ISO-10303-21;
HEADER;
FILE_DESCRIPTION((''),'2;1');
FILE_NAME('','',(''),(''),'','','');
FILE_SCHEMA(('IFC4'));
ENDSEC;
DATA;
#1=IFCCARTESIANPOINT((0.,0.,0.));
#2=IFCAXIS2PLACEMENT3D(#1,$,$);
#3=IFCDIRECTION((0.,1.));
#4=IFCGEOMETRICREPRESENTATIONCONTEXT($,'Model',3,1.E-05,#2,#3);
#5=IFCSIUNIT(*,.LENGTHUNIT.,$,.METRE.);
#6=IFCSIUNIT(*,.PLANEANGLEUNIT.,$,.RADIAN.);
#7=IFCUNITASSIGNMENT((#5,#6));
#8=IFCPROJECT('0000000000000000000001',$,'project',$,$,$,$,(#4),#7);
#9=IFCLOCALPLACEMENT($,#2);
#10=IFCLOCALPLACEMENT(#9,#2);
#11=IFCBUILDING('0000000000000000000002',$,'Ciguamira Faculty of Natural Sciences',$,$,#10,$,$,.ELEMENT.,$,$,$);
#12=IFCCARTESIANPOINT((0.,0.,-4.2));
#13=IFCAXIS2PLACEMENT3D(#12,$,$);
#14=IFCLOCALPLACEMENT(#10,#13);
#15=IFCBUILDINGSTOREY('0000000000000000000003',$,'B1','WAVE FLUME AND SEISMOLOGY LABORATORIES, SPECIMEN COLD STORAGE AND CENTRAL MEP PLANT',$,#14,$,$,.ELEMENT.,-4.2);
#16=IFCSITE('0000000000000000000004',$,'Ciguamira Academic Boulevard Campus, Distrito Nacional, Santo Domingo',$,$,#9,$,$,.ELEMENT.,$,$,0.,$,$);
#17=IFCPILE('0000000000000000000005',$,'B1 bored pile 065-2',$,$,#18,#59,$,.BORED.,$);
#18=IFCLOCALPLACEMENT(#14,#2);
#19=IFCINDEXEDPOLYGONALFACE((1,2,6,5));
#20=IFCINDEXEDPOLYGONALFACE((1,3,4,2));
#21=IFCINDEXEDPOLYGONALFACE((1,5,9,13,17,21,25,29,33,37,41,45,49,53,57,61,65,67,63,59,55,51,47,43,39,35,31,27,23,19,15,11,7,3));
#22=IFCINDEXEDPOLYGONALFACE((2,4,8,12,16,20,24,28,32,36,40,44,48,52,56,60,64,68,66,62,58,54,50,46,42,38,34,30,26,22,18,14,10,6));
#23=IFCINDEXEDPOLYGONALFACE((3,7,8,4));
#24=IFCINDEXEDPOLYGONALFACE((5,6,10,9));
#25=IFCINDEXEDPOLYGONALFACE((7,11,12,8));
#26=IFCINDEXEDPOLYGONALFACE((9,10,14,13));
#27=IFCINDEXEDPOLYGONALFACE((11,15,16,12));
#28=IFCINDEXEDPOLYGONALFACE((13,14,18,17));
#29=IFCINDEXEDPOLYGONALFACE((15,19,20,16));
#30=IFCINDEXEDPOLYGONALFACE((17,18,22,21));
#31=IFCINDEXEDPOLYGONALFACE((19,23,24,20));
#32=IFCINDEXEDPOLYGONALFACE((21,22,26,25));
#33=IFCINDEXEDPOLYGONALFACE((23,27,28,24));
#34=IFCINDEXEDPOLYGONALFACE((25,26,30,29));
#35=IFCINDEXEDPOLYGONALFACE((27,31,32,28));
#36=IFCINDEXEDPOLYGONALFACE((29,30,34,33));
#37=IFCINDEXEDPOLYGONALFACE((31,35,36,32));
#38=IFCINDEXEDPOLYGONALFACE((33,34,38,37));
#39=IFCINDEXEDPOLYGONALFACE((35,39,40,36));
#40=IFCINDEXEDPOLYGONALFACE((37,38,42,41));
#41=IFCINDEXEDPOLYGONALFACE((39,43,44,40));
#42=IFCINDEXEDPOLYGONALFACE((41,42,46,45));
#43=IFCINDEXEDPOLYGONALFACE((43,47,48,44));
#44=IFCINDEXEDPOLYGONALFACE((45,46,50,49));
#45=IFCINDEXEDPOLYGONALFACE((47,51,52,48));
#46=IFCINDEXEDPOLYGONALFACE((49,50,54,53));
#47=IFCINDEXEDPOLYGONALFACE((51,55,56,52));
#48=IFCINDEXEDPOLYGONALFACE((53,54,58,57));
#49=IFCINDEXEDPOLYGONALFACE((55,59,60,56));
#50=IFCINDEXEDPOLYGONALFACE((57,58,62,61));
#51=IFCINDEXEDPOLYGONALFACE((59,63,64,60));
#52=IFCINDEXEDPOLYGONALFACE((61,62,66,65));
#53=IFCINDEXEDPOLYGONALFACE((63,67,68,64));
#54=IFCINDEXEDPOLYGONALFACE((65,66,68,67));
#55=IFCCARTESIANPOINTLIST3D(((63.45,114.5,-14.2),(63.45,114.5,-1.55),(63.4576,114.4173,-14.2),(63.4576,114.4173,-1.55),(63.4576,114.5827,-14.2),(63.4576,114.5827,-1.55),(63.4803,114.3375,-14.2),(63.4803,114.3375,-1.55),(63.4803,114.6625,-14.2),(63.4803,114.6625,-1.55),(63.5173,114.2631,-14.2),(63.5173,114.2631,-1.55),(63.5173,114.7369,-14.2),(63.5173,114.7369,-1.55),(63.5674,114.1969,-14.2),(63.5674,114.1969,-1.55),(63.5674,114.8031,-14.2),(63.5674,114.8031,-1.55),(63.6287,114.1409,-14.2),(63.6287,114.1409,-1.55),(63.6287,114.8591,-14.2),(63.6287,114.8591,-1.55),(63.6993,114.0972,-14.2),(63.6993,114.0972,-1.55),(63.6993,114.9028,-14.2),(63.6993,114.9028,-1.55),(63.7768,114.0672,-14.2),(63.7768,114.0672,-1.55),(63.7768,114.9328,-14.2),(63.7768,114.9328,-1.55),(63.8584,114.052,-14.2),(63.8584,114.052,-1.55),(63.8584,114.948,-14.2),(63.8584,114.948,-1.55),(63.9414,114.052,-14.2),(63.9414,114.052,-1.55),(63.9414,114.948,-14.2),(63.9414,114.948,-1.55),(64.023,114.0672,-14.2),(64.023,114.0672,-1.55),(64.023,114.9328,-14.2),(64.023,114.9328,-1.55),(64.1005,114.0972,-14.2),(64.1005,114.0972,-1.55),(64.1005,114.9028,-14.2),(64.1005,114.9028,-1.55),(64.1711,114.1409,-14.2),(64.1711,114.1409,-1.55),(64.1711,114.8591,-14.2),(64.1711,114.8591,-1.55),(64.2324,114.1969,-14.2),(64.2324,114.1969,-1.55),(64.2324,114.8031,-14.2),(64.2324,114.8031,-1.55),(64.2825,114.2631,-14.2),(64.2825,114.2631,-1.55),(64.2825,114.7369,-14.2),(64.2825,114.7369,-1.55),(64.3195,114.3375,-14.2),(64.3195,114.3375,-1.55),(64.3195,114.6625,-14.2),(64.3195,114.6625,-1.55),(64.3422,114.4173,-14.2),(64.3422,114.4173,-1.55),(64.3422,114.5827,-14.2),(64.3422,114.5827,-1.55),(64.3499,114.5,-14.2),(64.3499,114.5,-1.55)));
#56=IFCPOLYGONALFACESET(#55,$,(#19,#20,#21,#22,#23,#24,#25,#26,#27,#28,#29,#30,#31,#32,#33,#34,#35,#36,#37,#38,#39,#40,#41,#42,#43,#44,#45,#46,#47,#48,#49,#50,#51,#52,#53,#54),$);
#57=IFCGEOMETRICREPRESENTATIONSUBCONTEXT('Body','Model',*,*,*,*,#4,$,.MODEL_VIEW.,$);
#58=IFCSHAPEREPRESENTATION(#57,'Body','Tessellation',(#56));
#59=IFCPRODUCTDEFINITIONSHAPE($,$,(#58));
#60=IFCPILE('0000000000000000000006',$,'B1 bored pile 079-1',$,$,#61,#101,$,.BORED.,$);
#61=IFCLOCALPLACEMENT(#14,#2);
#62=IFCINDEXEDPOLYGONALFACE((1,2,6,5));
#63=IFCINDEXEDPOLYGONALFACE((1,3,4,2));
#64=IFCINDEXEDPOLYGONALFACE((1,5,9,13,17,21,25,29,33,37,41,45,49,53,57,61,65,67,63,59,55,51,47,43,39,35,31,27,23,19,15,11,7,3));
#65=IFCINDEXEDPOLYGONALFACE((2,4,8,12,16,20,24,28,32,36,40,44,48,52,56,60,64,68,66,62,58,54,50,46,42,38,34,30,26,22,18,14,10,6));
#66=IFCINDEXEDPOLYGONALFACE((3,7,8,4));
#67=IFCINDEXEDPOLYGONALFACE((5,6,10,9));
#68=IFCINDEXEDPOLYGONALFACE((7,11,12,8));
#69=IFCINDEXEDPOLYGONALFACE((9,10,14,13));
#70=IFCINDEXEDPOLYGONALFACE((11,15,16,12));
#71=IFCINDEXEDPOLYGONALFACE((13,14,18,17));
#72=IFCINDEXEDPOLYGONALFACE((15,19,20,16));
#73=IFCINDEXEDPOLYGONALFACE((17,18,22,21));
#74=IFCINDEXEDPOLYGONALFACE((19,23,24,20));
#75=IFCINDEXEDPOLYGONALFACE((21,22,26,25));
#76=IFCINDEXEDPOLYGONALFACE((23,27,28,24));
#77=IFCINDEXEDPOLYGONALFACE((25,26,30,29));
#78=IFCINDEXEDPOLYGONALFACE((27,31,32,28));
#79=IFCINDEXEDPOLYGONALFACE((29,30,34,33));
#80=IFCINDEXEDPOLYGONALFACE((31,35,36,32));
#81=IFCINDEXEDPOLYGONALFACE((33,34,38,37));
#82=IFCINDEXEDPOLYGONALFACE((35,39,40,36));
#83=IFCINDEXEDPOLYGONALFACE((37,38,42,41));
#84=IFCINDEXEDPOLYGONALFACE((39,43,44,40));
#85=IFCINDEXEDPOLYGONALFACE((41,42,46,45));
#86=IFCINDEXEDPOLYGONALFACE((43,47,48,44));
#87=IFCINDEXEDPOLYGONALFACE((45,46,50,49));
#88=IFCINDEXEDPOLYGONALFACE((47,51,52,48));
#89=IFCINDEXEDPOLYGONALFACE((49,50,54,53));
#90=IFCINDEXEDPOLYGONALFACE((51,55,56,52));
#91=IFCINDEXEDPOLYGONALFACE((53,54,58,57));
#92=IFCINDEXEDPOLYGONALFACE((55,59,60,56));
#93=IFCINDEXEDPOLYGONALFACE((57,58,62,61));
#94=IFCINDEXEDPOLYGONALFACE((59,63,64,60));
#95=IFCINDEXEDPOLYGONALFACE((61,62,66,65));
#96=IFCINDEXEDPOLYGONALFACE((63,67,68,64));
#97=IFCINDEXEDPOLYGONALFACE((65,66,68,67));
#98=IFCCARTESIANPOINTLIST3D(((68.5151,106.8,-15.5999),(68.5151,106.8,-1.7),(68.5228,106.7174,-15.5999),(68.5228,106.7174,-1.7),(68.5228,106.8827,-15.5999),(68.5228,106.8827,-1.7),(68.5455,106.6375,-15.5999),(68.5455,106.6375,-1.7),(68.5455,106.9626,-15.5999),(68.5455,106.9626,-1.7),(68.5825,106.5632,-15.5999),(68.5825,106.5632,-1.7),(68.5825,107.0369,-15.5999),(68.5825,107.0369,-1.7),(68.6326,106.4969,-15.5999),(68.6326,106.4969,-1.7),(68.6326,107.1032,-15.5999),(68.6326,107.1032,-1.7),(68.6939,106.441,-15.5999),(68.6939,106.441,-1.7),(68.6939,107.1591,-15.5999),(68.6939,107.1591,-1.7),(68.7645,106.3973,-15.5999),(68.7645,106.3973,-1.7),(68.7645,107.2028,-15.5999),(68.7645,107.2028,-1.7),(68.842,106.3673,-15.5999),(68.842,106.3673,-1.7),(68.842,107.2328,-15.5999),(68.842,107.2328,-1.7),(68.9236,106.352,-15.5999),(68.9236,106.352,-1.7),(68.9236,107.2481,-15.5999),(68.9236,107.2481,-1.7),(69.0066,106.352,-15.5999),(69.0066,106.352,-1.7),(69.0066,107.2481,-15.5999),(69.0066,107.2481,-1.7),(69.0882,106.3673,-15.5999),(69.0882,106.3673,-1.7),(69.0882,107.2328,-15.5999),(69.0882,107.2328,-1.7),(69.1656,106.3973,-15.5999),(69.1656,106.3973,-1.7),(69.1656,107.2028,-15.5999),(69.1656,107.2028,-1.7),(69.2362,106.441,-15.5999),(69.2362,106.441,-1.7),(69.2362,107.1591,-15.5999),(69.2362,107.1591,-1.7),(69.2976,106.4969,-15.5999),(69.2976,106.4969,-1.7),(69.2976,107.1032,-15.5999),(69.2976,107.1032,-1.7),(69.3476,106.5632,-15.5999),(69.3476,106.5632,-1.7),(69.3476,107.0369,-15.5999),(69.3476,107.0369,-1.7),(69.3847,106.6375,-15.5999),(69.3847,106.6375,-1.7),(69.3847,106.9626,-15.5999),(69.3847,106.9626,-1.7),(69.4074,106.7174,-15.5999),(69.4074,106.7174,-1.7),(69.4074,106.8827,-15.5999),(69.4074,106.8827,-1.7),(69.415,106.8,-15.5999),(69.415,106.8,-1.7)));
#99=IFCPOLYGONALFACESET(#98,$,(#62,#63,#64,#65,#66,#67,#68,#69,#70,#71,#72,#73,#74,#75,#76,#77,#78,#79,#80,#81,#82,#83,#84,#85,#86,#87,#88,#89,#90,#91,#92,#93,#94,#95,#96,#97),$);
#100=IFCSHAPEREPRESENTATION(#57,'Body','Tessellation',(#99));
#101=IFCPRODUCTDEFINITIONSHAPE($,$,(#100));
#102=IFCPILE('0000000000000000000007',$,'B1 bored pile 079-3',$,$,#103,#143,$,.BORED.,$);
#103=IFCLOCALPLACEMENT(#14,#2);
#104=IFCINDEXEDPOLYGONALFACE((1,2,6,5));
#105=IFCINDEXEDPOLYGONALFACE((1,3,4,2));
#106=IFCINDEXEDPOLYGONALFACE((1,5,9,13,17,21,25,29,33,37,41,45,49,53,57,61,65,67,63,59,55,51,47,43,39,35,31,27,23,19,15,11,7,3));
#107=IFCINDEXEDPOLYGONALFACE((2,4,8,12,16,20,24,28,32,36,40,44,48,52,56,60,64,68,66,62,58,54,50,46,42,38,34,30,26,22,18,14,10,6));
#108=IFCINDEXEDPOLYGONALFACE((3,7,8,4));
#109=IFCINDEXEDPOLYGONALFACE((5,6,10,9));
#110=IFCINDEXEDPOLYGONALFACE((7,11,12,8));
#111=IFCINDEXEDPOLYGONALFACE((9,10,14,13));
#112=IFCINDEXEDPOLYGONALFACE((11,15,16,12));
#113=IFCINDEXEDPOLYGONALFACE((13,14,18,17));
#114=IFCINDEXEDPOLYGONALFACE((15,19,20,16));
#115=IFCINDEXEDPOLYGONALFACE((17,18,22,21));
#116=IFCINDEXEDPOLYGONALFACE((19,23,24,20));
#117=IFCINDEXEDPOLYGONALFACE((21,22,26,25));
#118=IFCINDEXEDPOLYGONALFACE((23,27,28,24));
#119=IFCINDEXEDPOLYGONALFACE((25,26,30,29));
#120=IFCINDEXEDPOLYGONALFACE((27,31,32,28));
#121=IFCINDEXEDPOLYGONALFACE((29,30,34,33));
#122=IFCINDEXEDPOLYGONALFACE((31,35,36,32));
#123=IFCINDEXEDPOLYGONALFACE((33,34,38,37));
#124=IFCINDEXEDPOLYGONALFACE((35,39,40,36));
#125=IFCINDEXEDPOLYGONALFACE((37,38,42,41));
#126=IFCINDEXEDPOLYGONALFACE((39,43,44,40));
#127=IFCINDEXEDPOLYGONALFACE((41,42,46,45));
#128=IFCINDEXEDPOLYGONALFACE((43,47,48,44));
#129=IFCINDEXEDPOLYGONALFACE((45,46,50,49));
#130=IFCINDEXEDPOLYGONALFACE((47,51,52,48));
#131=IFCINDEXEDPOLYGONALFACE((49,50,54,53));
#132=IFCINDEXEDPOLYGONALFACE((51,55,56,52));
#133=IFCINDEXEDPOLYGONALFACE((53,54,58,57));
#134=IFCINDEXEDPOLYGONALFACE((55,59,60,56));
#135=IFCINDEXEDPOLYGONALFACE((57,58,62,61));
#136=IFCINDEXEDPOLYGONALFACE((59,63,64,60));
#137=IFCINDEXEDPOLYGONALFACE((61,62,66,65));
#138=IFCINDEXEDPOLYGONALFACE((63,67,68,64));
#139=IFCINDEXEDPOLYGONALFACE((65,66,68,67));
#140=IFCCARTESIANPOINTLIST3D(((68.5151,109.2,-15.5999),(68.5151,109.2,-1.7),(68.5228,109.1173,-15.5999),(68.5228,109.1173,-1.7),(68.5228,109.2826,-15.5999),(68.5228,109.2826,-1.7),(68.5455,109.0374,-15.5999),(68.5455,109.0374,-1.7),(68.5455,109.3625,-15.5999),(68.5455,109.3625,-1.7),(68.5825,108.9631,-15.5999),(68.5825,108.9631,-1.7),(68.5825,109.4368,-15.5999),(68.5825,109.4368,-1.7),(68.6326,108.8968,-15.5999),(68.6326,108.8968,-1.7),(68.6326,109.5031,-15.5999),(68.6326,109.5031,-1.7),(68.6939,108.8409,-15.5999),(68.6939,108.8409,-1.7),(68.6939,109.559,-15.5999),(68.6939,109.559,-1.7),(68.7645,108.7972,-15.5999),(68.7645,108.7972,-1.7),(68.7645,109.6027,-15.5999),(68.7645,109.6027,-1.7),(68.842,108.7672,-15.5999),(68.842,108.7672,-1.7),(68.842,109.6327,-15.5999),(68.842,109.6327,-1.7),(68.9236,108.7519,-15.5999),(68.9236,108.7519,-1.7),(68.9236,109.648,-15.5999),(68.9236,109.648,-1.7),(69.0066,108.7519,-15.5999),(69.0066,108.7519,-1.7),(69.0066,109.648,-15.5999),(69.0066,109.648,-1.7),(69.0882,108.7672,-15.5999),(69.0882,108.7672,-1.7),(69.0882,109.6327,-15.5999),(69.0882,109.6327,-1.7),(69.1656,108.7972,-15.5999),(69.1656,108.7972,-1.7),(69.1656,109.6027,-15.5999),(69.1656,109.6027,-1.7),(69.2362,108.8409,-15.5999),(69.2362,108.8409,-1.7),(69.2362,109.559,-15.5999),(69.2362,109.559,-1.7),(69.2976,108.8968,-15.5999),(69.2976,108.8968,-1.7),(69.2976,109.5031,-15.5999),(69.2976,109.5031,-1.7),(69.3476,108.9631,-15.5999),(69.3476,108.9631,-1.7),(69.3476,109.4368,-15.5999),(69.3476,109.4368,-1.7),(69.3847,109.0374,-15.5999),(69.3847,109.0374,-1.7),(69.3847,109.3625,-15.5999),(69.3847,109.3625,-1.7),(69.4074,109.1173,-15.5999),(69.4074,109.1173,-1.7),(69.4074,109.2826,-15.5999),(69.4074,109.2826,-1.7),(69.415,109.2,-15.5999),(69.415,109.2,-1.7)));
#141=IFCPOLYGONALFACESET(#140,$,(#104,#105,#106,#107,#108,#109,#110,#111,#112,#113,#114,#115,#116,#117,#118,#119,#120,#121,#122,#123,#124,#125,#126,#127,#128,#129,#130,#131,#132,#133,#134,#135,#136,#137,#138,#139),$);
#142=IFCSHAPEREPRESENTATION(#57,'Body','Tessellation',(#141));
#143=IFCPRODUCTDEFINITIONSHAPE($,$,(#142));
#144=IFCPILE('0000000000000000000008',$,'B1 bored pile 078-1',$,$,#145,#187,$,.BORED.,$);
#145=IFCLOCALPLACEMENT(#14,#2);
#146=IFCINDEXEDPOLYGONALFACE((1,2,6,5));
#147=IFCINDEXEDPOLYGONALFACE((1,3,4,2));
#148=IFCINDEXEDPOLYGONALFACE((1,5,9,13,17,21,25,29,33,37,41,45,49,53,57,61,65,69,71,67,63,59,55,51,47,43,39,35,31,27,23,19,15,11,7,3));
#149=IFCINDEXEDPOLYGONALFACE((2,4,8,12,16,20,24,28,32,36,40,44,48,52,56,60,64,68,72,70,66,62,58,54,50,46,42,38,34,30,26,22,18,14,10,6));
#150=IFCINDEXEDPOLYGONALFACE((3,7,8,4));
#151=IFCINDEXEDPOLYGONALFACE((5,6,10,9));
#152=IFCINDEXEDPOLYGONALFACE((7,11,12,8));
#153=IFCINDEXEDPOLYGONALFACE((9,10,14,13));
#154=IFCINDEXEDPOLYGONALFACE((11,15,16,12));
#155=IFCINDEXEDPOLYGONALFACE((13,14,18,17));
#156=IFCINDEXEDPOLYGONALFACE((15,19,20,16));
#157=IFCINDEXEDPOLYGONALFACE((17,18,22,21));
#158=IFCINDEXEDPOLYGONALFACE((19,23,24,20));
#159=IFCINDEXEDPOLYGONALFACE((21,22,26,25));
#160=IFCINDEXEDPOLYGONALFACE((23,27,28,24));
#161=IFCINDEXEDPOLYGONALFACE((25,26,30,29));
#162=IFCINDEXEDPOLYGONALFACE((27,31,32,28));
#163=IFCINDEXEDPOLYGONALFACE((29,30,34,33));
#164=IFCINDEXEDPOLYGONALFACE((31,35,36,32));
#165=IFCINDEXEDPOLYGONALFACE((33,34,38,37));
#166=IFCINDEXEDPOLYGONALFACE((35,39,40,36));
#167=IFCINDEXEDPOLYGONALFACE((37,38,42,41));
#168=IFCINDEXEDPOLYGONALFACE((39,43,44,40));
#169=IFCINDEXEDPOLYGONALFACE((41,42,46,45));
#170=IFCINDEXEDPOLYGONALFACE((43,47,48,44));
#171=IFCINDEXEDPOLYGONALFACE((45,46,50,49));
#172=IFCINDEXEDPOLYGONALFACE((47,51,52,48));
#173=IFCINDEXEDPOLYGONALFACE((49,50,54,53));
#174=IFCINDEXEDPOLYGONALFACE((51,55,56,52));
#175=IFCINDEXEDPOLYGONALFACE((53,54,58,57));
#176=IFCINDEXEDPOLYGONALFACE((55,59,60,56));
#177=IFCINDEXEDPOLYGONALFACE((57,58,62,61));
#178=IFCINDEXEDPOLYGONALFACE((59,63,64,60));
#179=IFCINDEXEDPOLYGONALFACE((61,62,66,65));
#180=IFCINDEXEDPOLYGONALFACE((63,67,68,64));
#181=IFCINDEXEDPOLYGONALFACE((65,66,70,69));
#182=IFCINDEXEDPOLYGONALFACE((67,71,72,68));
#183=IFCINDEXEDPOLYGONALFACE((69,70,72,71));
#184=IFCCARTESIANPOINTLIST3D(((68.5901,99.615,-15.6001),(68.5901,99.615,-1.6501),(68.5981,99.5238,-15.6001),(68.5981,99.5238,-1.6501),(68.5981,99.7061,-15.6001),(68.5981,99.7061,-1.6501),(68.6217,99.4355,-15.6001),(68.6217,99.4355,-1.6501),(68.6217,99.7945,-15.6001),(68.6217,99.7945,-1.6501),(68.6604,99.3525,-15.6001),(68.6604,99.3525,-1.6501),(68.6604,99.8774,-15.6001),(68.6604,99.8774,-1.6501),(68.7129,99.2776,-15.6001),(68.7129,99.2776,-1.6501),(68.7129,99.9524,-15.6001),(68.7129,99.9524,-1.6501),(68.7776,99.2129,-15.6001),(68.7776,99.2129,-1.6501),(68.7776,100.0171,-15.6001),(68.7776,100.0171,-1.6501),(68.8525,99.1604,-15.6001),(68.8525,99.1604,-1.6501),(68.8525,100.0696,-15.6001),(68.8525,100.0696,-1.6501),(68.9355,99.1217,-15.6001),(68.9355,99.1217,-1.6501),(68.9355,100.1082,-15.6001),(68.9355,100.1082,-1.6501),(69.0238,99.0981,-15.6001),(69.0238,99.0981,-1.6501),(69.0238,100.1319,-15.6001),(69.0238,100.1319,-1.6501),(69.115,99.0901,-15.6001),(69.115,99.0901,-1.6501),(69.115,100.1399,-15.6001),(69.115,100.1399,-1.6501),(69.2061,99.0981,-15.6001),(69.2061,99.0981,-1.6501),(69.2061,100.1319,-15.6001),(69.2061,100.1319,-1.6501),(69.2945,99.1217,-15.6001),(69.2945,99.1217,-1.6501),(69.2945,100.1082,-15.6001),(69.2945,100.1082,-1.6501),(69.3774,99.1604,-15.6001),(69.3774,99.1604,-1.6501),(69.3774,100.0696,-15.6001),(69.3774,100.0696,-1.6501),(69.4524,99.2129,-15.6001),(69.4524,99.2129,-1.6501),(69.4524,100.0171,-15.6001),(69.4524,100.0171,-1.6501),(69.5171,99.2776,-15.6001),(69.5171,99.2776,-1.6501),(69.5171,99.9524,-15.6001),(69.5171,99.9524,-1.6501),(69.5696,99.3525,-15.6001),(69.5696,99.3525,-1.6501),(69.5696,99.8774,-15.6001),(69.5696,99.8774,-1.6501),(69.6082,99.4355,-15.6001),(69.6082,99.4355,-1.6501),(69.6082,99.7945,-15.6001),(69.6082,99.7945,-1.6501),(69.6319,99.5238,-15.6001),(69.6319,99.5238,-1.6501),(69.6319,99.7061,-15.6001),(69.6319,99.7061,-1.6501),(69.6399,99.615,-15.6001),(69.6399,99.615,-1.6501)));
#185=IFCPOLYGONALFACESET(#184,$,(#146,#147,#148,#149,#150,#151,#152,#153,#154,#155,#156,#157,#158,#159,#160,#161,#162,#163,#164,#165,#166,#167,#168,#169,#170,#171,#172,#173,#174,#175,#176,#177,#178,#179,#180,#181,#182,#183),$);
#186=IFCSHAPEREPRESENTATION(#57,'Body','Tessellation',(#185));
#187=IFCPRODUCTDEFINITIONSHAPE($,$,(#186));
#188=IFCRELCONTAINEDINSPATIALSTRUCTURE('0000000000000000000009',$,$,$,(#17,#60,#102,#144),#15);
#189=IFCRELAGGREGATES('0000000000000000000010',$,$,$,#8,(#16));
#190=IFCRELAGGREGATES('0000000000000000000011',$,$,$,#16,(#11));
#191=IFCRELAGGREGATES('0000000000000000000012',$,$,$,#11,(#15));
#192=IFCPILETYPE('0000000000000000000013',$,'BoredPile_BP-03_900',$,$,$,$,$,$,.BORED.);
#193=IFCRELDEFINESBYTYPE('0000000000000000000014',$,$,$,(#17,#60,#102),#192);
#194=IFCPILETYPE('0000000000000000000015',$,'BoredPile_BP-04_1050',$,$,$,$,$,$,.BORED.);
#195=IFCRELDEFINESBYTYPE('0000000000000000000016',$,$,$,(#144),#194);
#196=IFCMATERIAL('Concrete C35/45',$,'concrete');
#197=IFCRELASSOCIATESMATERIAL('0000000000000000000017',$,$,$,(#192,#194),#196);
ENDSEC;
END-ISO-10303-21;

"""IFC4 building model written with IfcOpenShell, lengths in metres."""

from ifc_helpers import new_model, si_unit, direction, frame, origin, origin_2d, place, context, subcontext, project, spatial, circle, extrude, material, material_profile, profile_set, type_object, element, save


model = new_model("IFC4")

# Units and contexts
model_context = context("Model", 3, precision=1e-05, world=origin(), true_north=direction((0.0, 1.0)))
body_context = subcontext(model_context, "Body", "Model", "MODEL_VIEW")
ifc_project = project(units=[si_unit("LENGTHUNIT", "METRE"), si_unit("PLANEANGLEUNIT", "RADIAN")], contexts=[model_context])

# Site, building, storey
site_placement = place(None, origin())
site = spatial("IfcSite", under=ifc_project, at=site_placement, Name="Ciguamira Academic Boulevard Campus, Distrito Nacional, Santo Domingo", CompositionType="ELEMENT", RefElevation=0.0)
building_placement = place(site_placement, origin())
building = spatial("IfcBuilding", under=site, at=building_placement, Name="Ciguamira Faculty of Natural Sciences", CompositionType="ELEMENT")
storey_placement = place(building_placement, frame((0.0, 0.0, -4.2)))
storey = spatial("IfcBuildingStorey", under=building, at=storey_placement, Name="B1", Description="WAVE FLUME AND SEISMOLOGY LABORATORIES, SPECIMEN COLD STORAGE AND CENTRAL MEP PLANT", CompositionType="ELEMENT", Elevation=-4.2)

# Piles
ifc_material_1 = material(Name="Concrete C35/45", Category="concrete")
ifc_material_profile_1 = material_profile(ifc_material_1, circle(Radius=0.45, at=origin_2d()), Name="PILE-BORED-900")
ifc_profile_set_1 = profile_set([ifc_material_profile_1], Name="Concrete C35/45")
pile_type_1 = type_object("IfcPileType", Name="BoredPile_BP-03_900", PredefinedType="BORED", material=ifc_profile_set_1)
for number, where, z_axis, x_axis, name in (
    (1, (63.8999, 114.5, -1.55), (0.0, 0.0, -1.0), (1.0, 0.0, 0.0), "B1 bored pile 065-2"),
):
    element("IfcPile", number, at=place(storey_placement, frame(where, z_axis=z_axis, x_axis=x_axis)), inside=storey, type_object=pile_type_1, Name=name, PredefinedType="BORED", context=body_context, shape_type="SweptSolid", body=[
        extrude(circle(Radius=0.45, at=origin_2d()), origin(), (0.0, 0.0, 1.0), 12.6499),
    ])
for number, where, z_axis, x_axis, name in (
    (2, (68.9651, 106.8, -1.7), (0.0, 0.0, -1.0), (1.0, 0.0, 0.0), "B1 bored pile 079-1"),
    (3, (68.9651, 109.2, -1.7), (0.0, 0.0, -1.0), (1.0, 0.0, 0.0), "B1 bored pile 079-3"),
):
    element("IfcPile", number, at=place(storey_placement, frame(where, z_axis=z_axis, x_axis=x_axis)), inside=storey, type_object=pile_type_1, Name=name, PredefinedType="BORED", context=body_context, shape_type="SweptSolid", body=[
        extrude(circle(Radius=0.45, at=origin_2d()), origin(), (0.0, 0.0, 1.0), 13.8999),
    ])
ifc_material_profile_2 = material_profile(ifc_material_1, circle(Radius=0.5249, at=origin_2d()), Name="PILE-BORED-1050")
ifc_profile_set_2 = profile_set([ifc_material_profile_2], Name="Concrete C35/45")
pile_type_2 = type_object("IfcPileType", Name="BoredPile_BP-04_1050", PredefinedType="BORED", material=ifc_profile_set_2)
for number, where, z_axis, x_axis, name in (
    (4, (69.115, 99.615, -1.6501), (0.0, 0.0, -1.0), (1.0, 0.0, 0.0), "B1 bored pile 078-1"),
):
    element("IfcPile", number, at=place(storey_placement, frame(where, z_axis=z_axis, x_axis=x_axis)), inside=storey, type_object=pile_type_2, Name=name, PredefinedType="BORED", context=body_context, shape_type="SweptSolid", body=[
        extrude(circle(Radius=0.5249, at=origin_2d()), origin(), (0.0, 0.0, 1.0), 13.95),
    ])

save(model, "model.ifc")
